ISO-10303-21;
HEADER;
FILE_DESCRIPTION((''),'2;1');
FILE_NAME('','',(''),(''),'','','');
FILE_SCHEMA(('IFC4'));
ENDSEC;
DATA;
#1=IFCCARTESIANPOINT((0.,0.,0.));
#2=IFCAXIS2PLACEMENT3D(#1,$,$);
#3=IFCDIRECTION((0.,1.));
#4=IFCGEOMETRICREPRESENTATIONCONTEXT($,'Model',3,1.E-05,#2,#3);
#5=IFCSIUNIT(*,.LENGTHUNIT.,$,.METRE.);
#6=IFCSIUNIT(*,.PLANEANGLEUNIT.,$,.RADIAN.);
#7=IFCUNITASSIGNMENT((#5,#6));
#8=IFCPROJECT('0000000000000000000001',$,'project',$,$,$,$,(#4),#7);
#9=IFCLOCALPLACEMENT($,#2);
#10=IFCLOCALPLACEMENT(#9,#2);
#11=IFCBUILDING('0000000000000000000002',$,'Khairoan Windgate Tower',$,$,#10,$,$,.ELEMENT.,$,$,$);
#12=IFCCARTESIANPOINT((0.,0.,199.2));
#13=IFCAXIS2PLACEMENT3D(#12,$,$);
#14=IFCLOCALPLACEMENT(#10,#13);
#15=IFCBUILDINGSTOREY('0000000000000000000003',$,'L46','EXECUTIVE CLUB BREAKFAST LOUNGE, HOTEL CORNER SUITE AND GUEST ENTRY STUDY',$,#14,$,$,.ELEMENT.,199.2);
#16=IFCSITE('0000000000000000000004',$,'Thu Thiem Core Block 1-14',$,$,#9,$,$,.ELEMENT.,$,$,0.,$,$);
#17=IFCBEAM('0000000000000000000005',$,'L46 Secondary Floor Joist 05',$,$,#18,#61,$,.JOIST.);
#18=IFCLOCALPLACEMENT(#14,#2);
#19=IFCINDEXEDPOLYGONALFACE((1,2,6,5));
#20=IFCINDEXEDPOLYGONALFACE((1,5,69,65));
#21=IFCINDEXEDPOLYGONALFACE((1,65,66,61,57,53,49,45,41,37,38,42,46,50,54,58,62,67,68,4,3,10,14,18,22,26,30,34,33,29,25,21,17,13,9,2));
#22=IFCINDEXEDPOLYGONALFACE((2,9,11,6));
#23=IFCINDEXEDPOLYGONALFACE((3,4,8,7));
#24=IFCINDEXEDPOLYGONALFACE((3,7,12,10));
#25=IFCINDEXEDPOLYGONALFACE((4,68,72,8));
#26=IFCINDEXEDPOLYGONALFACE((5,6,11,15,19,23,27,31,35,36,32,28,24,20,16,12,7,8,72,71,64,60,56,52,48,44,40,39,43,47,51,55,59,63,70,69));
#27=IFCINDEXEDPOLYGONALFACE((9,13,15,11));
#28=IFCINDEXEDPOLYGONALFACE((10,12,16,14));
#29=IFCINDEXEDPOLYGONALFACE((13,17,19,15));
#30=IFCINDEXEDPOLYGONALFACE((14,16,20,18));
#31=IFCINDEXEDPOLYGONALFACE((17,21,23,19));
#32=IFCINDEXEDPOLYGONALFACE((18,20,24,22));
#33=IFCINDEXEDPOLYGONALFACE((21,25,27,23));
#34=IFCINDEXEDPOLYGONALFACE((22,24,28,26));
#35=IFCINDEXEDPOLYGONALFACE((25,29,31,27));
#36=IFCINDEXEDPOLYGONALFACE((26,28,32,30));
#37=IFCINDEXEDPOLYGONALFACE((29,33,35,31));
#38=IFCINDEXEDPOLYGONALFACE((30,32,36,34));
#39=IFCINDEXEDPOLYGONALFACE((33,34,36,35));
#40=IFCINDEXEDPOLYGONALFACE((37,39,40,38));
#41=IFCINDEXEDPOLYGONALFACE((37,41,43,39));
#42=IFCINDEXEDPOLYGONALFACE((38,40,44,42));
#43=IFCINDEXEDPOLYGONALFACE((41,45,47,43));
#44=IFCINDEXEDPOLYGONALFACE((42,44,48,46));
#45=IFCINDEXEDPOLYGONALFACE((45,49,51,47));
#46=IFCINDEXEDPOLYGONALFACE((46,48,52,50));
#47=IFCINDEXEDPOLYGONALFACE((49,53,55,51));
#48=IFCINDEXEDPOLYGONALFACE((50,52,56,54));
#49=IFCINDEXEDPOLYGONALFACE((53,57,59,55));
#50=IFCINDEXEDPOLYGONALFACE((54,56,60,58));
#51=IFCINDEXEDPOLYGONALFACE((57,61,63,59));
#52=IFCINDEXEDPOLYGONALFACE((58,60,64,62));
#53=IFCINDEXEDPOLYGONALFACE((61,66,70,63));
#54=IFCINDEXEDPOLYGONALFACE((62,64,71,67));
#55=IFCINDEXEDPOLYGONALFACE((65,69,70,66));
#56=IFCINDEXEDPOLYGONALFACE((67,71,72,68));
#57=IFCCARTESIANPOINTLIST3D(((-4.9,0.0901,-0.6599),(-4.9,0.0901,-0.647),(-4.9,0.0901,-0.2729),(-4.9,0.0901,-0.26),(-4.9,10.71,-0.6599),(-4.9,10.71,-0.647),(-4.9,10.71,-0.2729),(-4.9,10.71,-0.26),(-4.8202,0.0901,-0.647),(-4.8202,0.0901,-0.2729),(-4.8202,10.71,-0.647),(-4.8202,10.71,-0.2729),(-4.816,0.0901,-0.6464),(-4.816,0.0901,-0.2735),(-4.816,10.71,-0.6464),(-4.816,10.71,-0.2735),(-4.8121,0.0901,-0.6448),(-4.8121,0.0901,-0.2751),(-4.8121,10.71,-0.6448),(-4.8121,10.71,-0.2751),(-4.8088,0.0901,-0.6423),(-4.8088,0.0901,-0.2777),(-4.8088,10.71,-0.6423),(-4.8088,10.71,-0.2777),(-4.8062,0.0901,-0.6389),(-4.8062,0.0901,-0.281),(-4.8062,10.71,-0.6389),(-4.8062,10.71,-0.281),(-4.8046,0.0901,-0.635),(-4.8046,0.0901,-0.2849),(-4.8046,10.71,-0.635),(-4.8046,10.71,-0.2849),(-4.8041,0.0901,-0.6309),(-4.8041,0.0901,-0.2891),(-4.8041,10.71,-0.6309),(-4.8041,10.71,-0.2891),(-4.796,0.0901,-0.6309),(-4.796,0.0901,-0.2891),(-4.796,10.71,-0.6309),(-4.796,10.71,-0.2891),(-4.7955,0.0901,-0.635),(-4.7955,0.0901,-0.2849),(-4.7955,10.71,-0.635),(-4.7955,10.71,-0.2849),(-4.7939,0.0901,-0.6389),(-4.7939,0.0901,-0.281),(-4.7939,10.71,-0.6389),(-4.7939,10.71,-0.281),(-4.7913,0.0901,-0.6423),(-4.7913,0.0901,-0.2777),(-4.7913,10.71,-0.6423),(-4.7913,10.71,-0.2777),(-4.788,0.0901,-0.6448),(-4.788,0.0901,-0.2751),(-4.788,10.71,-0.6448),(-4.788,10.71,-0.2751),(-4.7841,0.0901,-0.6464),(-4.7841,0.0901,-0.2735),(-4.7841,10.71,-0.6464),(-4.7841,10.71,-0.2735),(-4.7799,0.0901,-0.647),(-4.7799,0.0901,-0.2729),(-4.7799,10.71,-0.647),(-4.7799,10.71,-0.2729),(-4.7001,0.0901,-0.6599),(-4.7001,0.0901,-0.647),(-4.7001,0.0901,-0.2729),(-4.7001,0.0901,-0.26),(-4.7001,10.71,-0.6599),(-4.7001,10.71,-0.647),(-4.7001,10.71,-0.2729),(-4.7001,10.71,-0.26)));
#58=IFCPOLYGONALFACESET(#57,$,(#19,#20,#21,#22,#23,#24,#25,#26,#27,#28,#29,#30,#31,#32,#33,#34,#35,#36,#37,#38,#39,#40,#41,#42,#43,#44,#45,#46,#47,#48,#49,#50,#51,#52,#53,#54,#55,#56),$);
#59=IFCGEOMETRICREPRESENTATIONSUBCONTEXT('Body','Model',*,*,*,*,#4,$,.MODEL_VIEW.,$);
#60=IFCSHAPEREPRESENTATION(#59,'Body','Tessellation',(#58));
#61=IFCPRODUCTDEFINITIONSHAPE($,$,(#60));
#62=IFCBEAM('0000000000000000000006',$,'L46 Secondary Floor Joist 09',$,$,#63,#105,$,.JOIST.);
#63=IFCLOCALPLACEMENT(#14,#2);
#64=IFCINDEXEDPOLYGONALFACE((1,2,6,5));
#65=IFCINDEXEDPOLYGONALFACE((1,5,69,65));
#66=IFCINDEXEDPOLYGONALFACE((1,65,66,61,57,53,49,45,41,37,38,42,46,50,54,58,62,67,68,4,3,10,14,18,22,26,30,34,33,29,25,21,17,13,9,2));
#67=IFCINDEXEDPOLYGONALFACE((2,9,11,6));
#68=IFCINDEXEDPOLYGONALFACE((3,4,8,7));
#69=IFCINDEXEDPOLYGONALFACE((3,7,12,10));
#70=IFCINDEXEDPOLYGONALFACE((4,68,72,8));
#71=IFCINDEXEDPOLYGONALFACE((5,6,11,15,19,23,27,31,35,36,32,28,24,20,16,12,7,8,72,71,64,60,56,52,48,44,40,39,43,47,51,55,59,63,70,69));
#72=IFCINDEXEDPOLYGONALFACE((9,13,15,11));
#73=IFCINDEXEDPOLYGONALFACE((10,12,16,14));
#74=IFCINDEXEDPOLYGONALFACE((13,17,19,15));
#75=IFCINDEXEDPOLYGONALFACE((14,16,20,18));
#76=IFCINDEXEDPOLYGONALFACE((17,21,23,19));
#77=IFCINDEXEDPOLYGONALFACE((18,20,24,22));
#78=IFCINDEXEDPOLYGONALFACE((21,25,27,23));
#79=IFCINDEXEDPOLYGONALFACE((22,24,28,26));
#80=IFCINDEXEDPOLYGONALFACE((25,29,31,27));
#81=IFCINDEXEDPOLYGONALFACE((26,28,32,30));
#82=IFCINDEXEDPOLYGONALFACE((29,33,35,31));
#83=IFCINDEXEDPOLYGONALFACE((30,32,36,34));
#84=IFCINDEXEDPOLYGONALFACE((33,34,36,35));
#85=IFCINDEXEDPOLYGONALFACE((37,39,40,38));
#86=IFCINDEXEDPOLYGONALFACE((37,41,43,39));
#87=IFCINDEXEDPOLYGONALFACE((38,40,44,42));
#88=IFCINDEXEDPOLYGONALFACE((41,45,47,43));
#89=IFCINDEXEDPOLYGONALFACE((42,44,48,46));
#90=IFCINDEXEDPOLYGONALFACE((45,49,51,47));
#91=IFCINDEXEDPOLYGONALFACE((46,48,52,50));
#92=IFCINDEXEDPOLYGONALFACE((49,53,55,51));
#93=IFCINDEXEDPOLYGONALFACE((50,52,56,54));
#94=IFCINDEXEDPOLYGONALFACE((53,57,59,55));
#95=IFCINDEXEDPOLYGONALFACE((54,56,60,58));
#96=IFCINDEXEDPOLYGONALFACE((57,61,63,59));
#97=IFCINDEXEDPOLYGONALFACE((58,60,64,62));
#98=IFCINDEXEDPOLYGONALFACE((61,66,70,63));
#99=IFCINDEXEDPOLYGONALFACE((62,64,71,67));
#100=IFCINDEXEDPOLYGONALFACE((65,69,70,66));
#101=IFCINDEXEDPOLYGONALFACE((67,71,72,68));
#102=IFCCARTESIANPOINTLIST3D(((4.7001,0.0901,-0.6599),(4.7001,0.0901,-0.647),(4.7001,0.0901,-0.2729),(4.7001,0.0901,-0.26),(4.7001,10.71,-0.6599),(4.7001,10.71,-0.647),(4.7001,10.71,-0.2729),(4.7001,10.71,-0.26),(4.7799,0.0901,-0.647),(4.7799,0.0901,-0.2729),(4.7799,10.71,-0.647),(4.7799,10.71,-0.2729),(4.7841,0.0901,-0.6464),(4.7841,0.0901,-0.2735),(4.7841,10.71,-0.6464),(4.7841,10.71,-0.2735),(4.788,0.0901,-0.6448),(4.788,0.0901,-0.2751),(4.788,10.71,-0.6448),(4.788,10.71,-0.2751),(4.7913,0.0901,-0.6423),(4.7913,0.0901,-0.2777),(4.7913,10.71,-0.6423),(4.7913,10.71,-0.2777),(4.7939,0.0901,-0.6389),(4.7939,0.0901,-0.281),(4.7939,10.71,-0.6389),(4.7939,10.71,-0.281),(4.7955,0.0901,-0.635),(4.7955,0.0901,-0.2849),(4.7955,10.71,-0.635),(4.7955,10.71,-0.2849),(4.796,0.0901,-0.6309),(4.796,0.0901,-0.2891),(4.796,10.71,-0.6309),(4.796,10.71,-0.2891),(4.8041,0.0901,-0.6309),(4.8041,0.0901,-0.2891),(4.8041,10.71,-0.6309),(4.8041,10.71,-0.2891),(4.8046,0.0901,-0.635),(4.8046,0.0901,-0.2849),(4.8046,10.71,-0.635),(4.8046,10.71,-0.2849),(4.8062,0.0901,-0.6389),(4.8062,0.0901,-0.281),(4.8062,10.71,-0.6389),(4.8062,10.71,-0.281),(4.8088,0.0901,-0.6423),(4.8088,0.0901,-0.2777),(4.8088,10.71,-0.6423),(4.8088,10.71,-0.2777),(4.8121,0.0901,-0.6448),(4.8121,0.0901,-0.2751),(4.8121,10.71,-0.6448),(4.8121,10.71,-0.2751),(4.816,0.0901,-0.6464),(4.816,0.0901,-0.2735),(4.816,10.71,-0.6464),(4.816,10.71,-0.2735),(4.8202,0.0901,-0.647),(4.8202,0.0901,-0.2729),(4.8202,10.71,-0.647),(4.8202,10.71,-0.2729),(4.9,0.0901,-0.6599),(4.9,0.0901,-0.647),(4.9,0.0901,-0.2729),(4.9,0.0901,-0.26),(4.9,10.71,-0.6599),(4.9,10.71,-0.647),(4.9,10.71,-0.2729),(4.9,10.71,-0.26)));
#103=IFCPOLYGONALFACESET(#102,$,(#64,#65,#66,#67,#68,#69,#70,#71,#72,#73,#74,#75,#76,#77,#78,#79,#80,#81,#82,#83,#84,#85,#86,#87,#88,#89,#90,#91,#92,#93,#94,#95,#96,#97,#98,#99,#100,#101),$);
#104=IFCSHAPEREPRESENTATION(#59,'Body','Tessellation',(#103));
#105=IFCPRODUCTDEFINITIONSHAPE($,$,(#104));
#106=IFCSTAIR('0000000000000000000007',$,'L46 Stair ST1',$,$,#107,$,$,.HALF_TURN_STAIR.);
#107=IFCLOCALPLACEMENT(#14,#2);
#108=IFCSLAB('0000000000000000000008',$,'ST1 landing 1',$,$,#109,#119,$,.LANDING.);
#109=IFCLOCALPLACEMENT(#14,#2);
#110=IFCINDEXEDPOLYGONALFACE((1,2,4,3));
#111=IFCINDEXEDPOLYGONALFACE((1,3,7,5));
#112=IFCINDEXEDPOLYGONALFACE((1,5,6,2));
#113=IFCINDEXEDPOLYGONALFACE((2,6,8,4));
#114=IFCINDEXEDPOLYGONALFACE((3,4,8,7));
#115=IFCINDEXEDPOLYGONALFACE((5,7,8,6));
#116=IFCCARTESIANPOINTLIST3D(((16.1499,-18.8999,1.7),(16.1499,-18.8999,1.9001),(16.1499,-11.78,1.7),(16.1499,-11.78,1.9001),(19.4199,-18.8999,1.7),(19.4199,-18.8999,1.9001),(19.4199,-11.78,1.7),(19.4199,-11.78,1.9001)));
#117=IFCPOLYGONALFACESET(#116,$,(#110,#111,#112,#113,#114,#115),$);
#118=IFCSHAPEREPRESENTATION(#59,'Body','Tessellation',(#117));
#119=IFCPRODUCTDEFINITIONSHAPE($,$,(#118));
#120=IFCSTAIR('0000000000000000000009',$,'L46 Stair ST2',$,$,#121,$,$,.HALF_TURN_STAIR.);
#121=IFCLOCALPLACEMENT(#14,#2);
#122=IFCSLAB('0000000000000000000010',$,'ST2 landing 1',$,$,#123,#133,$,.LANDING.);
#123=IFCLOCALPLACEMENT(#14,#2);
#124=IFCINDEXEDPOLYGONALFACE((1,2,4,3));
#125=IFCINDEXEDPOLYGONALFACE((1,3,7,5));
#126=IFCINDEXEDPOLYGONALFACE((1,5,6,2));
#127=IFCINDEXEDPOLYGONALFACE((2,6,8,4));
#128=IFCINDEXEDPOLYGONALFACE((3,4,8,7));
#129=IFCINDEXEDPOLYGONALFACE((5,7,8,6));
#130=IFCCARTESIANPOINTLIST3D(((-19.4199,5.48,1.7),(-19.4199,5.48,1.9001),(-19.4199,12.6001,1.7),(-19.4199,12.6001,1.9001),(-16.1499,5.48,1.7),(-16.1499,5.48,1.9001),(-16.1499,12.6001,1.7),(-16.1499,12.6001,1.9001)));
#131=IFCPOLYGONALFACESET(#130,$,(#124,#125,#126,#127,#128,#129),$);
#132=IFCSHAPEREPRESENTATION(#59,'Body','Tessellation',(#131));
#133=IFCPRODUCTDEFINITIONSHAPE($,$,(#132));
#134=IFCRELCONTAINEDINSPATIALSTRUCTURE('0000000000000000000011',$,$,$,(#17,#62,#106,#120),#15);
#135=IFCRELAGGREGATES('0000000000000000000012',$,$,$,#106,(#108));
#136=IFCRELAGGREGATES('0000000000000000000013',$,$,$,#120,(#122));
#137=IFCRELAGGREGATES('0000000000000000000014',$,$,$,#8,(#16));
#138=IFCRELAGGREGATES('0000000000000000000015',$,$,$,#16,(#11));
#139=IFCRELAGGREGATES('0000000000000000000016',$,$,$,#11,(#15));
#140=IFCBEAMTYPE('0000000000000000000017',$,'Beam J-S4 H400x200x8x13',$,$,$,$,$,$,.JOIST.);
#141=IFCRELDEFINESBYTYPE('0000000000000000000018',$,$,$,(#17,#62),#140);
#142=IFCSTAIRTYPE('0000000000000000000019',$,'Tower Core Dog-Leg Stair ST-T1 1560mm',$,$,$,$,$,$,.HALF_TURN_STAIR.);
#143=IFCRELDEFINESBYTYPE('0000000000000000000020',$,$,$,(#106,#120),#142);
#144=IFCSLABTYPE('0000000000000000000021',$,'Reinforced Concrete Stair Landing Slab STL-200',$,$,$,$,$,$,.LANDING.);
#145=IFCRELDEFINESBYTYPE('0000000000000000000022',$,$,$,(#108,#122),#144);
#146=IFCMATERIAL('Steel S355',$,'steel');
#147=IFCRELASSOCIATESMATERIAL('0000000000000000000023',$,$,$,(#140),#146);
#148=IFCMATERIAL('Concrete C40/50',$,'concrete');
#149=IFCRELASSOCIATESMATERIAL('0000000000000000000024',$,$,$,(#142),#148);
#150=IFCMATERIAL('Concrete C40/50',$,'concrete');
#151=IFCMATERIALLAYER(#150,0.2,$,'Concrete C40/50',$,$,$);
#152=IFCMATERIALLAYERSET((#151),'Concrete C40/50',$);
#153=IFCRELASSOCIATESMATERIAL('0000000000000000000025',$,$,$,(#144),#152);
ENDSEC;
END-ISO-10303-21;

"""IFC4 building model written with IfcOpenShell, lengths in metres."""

from ifc_helpers import new_model, si_unit, direction, frame, origin, origin_2d, place, context, subcontext, project, spatial, polyline, i_section, outline, extrude, material, layer, layer_set, material_profile, profile_set, type_object, element, aggregate, save


model = new_model("IFC4")

# Units and contexts
model_context = context("Model", 3, precision=1e-05, world=origin(), true_north=direction((0.0, 1.0)))
body_context = subcontext(model_context, "Body", "Model", "MODEL_VIEW")
ifc_project = project(units=[si_unit("LENGTHUNIT", "METRE"), si_unit("PLANEANGLEUNIT", "RADIAN")], contexts=[model_context])

# Site, building, storey
site_placement = place(None, origin())
site = spatial("IfcSite", under=ifc_project, at=site_placement, Name="Thu Thiem Core Block 1-14", CompositionType="ELEMENT", RefElevation=0.0)
building_placement = place(site_placement, origin())
building = spatial("IfcBuilding", under=site, at=building_placement, Name="Khairoan Windgate Tower", CompositionType="ELEMENT")
storey_placement = place(building_placement, frame((0.0, 0.0, 199.2)))
storey = spatial("IfcBuildingStorey", under=building, at=storey_placement, Name="L46", Description="EXECUTIVE CLUB BREAKFAST LOUNGE, HOTEL CORNER SUITE AND GUEST ENTRY STUDY", CompositionType="ELEMENT", Elevation=199.2)

# Beams
ifc_material_1 = material(Name="Steel S355", Category="steel")
ifc_material_profile_1 = material_profile(ifc_material_1, i_section(OverallWidth=0.2, OverallDepth=0.3999, WebThickness=0.0081, FlangeThickness=0.0129, FilletRadius=0.0161, at=origin_2d()))
ifc_profile_set_1 = profile_set([ifc_material_profile_1], Name="Steel S355")
beam_type_1 = type_object("IfcBeamType", Name="Beam J-S4 H400x200x8x13", PredefinedType="JOIST", material=ifc_profile_set_1)
for number, where, z_axis, x_axis, name in (
    (1, (-4.8, 0.0901, -0.46), (0.0, 1.0, 0.0), (-1.0, 0.0, 0.0), "L46 Secondary Floor Joist 05"),
    (2, (4.8, 0.0901, -0.46), (0.0, 1.0, 0.0), (-1.0, 0.0, 0.0), "L46 Secondary Floor Joist 09"),
):
    element("IfcBeam", number, at=place(storey_placement, frame(where, z_axis=z_axis, x_axis=x_axis)), inside=storey, type_object=beam_type_1, Name=name, PredefinedType="JOIST", context=body_context, shape_type="SweptSolid", body=[
        extrude(i_section(OverallWidth=0.2, OverallDepth=0.3999, WebThickness=0.0081, FlangeThickness=0.0129, FilletRadius=0.0161, at=origin_2d()), origin(), (0.0, 0.0, 1.0), 10.6199),
    ])

# Stairs, slabs
ifc_material_2 = material(Name="Concrete C40/50", Category="concrete")
stair_type = type_object("IfcStairType", Name="Tower Core Dog-Leg Stair ST-T1 1560mm", PredefinedType="HALF_TURN_STAIR", material=ifc_material_2)
stair_1_placement = place(storey_placement, origin())
stair_1 = element("IfcStair", 3, at=stair_1_placement, inside=storey, type_object=stair_type, Name="L46 Stair ST1", PredefinedType="HALF_TURN_STAIR")
ifc_material_3 = material(Name="Concrete C40/50", Category="concrete")
ifc_layer_1 = layer(ifc_material_3, 0.2, Name="Concrete C40/50")
ifc_layer_set_1 = layer_set([ifc_layer_1], Name="Concrete C40/50")
slab_type_1 = type_object("IfcSlabType", Name="Reinforced Concrete Stair Landing Slab STL-200", PredefinedType="LANDING", material=ifc_layer_set_1)
slab_1_placement = place(storey_placement, frame((0.0, 0.0, 1.7)))
slab_1 = element("IfcSlab", 4, at=slab_1_placement, type_object=slab_type_1, Name="ST1 landing 1", PredefinedType="LANDING", context=body_context, shape_type="SweptSolid", body=[
    extrude(outline(polyline([(16.1499, -11.78), (16.1499, -18.8999), (19.4199, -18.8999), (19.4199, -11.78), (16.1499, -11.78)])), origin(), (0.0, 0.0, 1.0), 0.2002),
])
aggregate(stair_1, [slab_1])
stair_2_placement = place(storey_placement, origin())
stair_2 = element("IfcStair", 5, at=stair_2_placement, inside=storey, type_object=stair_type, Name="L46 Stair ST2", PredefinedType="HALF_TURN_STAIR")
slab_2_placement = place(storey_placement, frame((0.0, 0.0, 1.7)))
slab_2 = element("IfcSlab", 6, at=slab_2_placement, type_object=slab_type_1, Name="ST2 landing 1", PredefinedType="LANDING", context=body_context, shape_type="SweptSolid", body=[
    extrude(outline(polyline([(-16.1499, 5.48), (-16.1499, 12.6001), (-19.4199, 12.6001), (-19.4199, 5.48), (-16.1499, 5.48)])), origin(), (0.0, 0.0, 1.0), 0.2002),
])
aggregate(stair_2, [slab_2])

save(model, "model.ifc")
